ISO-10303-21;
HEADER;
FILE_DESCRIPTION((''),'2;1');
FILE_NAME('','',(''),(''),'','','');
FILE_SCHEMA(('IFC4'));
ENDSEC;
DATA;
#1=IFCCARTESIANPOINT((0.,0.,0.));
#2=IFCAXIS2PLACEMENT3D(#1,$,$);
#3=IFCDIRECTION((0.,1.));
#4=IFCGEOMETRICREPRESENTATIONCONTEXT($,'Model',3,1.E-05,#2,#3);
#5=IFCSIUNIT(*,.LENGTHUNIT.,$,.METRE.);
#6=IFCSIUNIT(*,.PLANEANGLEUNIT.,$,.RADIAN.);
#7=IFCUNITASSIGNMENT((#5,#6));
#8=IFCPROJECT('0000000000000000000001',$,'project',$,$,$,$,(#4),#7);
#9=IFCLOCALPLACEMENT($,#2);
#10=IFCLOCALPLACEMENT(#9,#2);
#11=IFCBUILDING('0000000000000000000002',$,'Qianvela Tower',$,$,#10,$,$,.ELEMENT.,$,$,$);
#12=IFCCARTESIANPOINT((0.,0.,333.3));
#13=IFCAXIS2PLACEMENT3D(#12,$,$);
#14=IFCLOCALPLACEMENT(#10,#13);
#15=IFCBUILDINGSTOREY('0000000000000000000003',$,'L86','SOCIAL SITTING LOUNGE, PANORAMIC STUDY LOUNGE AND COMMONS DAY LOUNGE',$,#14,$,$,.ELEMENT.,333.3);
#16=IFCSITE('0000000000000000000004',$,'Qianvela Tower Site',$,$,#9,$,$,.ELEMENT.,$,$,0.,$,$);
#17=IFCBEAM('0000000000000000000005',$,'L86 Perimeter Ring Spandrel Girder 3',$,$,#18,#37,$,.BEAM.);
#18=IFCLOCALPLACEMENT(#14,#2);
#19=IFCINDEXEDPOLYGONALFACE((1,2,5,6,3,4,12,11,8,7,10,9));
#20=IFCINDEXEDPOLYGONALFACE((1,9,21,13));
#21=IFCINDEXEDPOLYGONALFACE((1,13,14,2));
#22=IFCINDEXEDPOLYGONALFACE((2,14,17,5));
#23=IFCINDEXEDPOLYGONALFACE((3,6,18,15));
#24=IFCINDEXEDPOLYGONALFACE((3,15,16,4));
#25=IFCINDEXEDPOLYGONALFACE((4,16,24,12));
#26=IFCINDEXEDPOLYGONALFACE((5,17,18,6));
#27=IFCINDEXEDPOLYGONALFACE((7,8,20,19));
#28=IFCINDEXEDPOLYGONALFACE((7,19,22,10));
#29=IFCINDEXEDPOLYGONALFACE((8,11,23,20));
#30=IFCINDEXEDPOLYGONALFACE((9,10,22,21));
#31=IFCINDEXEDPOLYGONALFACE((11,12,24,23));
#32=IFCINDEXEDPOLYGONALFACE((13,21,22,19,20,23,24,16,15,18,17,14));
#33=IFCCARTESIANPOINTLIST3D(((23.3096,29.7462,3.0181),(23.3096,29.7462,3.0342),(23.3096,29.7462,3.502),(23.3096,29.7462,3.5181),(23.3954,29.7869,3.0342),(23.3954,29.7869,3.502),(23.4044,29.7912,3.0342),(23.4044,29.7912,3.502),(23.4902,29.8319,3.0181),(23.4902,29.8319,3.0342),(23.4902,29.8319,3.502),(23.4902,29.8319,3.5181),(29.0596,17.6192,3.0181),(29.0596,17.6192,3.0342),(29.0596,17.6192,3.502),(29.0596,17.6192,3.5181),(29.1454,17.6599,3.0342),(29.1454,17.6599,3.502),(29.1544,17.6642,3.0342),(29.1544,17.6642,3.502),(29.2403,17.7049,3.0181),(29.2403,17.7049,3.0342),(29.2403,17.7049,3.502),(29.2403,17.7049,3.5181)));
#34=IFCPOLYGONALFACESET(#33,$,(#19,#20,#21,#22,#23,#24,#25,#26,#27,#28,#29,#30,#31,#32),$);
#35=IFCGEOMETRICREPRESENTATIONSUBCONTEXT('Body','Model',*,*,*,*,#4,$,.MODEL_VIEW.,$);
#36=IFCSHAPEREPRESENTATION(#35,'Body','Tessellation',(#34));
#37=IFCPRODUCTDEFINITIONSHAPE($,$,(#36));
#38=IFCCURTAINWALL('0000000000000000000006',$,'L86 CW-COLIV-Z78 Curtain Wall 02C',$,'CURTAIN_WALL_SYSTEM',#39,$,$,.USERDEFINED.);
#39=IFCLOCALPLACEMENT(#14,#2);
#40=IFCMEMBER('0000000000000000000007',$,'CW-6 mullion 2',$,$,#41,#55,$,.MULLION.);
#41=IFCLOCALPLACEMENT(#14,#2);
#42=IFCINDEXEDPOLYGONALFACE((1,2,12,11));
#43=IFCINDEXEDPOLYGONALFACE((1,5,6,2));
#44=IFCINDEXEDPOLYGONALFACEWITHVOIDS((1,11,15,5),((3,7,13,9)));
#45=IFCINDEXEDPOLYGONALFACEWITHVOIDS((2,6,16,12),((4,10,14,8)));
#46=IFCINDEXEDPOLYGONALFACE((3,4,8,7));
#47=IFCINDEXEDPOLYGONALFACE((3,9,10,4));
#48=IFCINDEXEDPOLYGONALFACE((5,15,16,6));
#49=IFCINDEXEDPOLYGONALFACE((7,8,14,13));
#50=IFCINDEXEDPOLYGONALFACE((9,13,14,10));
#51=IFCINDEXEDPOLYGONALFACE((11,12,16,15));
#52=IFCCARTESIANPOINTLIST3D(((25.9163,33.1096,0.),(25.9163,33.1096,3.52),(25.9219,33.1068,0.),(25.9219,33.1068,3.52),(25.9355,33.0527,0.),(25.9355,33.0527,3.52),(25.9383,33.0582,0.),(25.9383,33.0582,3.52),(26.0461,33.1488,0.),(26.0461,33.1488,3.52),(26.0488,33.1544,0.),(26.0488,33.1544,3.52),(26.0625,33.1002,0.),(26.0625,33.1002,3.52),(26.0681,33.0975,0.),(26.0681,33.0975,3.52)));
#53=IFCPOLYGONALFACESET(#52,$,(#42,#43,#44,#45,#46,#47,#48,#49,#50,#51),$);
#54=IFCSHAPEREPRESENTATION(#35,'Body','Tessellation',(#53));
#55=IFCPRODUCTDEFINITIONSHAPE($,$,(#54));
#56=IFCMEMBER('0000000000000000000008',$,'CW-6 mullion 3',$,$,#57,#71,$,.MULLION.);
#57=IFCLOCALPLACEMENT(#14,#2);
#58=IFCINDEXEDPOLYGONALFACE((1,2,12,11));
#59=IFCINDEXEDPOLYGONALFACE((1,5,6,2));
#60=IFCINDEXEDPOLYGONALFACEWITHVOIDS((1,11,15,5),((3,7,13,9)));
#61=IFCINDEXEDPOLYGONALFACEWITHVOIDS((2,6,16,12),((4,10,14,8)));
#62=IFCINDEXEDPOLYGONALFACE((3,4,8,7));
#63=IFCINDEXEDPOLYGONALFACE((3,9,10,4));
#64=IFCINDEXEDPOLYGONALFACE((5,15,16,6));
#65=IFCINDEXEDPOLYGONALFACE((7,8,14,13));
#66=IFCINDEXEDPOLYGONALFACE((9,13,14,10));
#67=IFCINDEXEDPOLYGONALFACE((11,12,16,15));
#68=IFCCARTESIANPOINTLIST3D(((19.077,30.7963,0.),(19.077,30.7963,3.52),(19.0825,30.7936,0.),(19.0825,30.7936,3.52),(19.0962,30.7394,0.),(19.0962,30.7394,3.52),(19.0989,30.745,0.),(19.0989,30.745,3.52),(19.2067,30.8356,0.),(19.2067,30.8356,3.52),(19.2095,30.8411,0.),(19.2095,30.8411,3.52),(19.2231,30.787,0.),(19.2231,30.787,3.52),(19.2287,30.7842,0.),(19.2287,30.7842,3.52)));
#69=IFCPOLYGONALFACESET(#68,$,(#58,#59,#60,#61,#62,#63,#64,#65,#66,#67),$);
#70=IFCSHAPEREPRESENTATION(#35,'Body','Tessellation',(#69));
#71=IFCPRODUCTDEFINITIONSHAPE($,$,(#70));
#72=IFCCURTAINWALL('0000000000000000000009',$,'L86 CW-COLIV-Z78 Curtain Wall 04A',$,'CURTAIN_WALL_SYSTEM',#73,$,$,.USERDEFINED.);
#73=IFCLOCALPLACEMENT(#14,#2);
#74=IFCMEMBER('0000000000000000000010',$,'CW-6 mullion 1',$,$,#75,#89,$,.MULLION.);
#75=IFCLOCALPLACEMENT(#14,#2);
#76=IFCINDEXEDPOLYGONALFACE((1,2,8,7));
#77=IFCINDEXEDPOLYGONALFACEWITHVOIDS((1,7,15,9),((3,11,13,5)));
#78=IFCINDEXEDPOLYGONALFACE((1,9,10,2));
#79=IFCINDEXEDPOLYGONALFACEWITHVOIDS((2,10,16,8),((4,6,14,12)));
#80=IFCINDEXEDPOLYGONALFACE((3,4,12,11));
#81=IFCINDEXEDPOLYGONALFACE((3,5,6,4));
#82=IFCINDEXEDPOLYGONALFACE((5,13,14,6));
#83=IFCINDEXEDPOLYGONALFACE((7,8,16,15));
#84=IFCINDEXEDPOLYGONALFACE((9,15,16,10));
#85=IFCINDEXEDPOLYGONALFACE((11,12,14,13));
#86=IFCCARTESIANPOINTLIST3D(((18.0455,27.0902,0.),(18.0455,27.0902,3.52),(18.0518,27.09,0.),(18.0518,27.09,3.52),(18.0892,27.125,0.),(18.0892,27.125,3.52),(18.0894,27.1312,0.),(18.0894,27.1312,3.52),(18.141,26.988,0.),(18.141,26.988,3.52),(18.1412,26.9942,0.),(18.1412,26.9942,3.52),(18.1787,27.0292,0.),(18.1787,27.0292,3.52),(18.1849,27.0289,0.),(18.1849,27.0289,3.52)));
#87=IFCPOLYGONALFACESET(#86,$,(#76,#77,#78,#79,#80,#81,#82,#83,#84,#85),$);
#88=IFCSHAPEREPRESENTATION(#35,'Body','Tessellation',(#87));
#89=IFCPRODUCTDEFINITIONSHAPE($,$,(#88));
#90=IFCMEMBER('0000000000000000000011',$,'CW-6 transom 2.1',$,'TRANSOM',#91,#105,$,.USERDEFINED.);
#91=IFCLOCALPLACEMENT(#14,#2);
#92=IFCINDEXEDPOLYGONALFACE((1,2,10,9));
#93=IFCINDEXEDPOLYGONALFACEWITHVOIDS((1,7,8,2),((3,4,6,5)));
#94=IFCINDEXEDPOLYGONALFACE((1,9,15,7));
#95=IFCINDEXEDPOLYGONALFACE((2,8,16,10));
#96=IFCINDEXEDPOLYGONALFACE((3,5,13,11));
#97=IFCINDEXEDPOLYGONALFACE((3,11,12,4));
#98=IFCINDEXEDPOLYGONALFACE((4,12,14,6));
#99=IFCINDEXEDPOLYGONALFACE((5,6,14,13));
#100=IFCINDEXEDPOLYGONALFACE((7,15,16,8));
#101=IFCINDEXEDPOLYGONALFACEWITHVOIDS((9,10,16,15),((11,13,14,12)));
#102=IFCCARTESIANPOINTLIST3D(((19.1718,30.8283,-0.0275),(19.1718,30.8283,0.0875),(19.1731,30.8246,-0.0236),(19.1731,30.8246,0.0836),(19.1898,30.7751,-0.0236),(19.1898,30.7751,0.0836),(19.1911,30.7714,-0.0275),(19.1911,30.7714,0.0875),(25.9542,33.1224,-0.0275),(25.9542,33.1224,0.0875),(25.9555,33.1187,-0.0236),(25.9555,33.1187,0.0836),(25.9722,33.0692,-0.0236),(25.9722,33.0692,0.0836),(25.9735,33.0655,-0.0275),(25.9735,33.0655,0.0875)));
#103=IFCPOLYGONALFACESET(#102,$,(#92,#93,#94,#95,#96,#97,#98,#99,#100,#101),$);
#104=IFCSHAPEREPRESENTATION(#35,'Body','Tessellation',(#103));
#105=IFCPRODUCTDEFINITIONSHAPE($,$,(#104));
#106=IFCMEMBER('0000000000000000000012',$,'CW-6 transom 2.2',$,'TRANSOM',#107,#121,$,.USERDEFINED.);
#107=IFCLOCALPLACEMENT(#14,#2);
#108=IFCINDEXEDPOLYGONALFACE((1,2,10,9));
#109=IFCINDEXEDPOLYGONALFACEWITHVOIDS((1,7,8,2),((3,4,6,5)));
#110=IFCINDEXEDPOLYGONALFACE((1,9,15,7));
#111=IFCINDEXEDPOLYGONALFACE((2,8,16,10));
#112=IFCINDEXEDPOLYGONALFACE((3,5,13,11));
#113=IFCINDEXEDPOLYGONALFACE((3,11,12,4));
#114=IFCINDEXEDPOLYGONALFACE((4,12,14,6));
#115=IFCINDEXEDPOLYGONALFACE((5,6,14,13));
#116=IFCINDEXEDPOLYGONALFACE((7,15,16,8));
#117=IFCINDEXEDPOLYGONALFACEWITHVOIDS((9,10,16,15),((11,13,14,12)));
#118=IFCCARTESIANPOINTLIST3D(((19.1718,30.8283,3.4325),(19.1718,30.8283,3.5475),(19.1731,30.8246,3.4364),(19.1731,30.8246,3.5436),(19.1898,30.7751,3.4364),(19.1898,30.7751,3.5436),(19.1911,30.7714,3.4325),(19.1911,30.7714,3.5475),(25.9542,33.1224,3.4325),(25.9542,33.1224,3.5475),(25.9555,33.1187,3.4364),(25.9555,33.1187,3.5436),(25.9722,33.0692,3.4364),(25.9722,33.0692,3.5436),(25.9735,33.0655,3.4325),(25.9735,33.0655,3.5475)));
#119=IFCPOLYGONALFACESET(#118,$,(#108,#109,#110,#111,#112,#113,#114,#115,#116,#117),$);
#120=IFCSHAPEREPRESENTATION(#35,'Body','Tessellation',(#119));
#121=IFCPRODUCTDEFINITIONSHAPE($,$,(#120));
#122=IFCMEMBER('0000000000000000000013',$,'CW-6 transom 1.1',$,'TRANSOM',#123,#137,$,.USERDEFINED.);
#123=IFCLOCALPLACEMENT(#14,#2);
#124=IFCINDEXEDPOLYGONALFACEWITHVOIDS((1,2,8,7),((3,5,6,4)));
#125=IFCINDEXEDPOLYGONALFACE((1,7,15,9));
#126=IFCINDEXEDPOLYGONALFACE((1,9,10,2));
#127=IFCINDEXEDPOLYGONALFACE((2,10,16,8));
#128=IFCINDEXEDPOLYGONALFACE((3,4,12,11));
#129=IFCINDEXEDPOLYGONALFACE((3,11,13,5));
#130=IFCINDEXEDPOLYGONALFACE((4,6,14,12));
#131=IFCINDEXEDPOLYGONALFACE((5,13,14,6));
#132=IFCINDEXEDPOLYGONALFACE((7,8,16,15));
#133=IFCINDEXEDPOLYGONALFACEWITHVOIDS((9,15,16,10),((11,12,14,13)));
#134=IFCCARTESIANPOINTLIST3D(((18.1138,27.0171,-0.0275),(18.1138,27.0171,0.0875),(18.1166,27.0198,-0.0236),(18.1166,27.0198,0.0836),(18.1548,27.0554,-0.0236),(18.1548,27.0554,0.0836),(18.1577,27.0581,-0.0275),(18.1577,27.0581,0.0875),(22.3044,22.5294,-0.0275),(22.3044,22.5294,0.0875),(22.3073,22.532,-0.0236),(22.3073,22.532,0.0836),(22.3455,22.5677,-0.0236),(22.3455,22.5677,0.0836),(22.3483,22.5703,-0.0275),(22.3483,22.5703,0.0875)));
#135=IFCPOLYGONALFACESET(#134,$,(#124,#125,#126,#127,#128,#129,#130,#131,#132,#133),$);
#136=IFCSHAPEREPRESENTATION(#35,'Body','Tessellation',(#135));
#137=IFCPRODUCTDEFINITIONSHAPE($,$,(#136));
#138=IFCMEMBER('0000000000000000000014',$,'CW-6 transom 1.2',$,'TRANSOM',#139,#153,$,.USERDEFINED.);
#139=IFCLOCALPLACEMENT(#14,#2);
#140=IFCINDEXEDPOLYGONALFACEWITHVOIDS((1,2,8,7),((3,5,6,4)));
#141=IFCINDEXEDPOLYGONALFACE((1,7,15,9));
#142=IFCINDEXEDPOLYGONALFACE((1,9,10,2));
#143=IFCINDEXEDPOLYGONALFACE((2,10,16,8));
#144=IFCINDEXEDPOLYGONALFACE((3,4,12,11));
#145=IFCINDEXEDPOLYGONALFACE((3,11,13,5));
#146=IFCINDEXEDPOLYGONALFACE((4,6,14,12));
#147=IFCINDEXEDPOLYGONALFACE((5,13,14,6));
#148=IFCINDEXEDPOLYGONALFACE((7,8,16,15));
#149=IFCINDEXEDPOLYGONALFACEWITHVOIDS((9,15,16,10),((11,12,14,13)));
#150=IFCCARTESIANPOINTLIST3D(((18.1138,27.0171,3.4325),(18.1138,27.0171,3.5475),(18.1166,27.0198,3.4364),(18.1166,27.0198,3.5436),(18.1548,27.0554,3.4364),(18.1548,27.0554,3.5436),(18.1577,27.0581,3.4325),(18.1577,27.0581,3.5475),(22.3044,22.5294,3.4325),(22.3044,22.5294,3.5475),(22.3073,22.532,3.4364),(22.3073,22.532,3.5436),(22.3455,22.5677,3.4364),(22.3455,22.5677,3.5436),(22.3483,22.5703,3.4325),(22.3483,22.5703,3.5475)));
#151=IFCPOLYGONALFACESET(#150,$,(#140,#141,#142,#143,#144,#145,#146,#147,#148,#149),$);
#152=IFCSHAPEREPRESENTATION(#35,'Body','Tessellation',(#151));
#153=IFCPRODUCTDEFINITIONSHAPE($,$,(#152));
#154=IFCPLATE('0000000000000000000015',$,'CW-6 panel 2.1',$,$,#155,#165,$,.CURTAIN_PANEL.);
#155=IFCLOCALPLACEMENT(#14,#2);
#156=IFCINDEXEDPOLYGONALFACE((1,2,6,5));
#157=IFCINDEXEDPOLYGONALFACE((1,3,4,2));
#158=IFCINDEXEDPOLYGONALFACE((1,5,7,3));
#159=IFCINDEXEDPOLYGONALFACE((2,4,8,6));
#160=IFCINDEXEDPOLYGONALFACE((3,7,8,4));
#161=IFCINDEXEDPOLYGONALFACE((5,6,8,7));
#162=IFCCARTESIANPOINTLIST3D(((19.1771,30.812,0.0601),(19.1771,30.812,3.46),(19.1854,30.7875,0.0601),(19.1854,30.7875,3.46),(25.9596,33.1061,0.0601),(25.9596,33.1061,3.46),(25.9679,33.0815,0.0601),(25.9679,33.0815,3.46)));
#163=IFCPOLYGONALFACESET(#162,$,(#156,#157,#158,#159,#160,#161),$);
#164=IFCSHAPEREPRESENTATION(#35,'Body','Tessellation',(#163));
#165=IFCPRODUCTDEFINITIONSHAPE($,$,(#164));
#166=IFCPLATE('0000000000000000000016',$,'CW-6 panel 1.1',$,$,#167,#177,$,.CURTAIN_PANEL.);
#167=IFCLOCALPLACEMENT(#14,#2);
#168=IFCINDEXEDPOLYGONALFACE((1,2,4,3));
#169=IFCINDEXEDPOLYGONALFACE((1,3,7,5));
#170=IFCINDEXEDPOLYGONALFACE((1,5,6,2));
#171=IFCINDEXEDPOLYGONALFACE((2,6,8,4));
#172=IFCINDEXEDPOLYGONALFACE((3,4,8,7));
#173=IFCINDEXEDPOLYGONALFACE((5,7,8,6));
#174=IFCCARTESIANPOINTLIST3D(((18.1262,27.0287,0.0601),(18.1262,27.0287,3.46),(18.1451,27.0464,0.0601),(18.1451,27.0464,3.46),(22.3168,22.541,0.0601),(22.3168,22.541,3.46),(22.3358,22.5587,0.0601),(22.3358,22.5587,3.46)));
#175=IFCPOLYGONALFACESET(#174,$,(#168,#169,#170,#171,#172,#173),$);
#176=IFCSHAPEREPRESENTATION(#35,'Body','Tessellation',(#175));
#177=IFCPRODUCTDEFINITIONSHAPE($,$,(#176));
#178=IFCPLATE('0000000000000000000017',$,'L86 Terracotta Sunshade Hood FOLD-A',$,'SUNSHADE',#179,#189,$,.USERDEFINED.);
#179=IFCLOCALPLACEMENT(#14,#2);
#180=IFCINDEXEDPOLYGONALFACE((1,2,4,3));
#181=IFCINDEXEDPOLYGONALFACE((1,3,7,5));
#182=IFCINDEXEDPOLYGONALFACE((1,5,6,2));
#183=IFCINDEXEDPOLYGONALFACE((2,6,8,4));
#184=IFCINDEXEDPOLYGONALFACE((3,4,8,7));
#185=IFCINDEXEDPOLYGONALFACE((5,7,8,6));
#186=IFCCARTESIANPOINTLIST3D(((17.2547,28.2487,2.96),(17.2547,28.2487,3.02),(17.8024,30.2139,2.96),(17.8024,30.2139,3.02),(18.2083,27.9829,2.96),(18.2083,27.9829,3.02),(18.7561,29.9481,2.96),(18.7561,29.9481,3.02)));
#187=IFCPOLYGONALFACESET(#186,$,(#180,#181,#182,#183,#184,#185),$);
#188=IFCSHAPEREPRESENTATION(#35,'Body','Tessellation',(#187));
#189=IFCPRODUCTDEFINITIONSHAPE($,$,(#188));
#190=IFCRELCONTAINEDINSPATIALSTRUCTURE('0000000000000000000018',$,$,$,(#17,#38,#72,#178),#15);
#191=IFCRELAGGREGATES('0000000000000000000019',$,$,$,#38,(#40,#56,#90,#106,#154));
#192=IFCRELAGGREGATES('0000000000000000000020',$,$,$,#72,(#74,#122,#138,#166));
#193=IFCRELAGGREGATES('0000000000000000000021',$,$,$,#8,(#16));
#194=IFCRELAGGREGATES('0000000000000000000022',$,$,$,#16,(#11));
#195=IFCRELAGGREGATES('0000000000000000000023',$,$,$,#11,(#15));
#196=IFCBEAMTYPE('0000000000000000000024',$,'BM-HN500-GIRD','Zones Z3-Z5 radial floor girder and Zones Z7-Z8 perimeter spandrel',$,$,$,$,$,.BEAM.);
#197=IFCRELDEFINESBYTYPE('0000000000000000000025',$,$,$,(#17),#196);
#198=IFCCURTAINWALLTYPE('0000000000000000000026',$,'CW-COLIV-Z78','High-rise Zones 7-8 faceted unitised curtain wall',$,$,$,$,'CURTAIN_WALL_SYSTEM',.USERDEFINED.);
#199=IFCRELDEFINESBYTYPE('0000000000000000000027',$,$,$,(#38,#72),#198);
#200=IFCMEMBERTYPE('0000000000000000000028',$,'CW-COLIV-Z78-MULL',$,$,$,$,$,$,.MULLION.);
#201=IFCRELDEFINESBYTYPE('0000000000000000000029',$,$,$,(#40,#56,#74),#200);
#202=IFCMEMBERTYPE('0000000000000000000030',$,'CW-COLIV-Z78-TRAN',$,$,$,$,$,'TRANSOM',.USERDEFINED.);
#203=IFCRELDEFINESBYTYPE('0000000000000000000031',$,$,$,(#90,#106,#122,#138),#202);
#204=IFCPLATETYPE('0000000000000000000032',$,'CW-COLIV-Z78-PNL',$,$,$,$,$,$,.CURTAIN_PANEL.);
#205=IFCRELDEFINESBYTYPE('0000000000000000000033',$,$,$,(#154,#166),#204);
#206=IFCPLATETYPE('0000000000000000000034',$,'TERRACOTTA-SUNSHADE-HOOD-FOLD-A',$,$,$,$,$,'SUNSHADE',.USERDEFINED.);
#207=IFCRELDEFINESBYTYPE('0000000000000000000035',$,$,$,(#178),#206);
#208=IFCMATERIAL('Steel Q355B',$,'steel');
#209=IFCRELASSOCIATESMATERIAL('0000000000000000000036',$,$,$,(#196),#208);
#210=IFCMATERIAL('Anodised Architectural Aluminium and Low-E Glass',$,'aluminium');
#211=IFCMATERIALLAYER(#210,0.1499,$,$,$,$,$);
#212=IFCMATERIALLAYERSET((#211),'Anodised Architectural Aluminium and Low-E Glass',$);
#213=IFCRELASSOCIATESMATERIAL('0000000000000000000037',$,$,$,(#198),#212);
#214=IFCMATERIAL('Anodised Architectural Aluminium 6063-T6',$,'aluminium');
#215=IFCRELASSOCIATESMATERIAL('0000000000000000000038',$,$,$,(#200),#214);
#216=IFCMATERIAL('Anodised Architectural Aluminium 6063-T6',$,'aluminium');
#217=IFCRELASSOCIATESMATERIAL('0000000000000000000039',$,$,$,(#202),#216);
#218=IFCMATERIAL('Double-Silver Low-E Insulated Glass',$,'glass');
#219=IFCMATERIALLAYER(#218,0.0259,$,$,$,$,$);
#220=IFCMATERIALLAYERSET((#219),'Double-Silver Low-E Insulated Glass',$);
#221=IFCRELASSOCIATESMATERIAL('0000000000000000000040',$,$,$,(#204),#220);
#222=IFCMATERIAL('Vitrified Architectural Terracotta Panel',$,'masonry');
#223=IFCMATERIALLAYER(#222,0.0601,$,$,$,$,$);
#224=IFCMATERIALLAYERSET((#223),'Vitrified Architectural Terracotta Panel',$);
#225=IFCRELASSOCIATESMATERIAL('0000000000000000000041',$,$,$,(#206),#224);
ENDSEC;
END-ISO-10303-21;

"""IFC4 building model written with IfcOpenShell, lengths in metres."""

from ifc_helpers import new_model, si_unit, direction, frame, origin, origin_2d, place, context, subcontext, project, spatial, rectangle, hollow_rectangle, i_section, extrude, material, layer, layer_set, material_profile, profile_set, type_object, element, aggregate, save


model = new_model("IFC4")

# Units and contexts
model_context = context("Model", 3, precision=1e-05, world=origin(), true_north=direction((0.0, 1.0)))
body_context = subcontext(model_context, "Body", "Model", "MODEL_VIEW")
ifc_project = project(units=[si_unit("LENGTHUNIT", "METRE"), si_unit("PLANEANGLEUNIT", "RADIAN")], contexts=[model_context])

# Site, building, storey
site_placement = place(None, origin())
site = spatial("IfcSite", under=ifc_project, at=site_placement, Name="Qianvela Tower Site", CompositionType="ELEMENT", RefElevation=0.0)
building_placement = place(site_placement, origin())
building = spatial("IfcBuilding", under=site, at=building_placement, Name="Qianvela Tower", CompositionType="ELEMENT")
storey_placement = place(building_placement, frame((0.0, 0.0, 333.3)))
storey = spatial("IfcBuildingStorey", under=building, at=storey_placement, Name="L86", Description="SOCIAL SITTING LOUNGE, PANORAMIC STUDY LOUNGE AND COMMONS DAY LOUNGE", CompositionType="ELEMENT", Elevation=333.3)

# Beam
ifc_material_1 = material(Name="Steel Q355B", Category="steel")
ifc_material_profile_1 = material_profile(ifc_material_1, i_section(OverallWidth=0.2, OverallDepth=0.5, WebThickness=0.01, FlangeThickness=0.0161, at=origin_2d()), Name="HN500x200x10x16")
ifc_profile_set_1 = profile_set([ifc_material_profile_1], Name="Steel Q355B")
beam_type_1 = type_object("IfcBeamType", Name="BM-HN500-GIRD", Description="Zones Z3-Z5 radial floor girder and Zones Z7-Z8 perimeter spandrel", PredefinedType="BEAM", material=ifc_profile_set_1)
beam_1_placement = place(storey_placement, frame((23.3999, 29.7891, 3.2681), z_axis=(0.42843, -0.903575, 0.0), x_axis=(0.903575, 0.42843, 0.0)))
element("IfcBeam", 1, at=beam_1_placement, inside=storey, type_object=beam_type_1, Name="L86 Perimeter Ring Spandrel Girder 3", PredefinedType="BEAM", context=body_context, shape_type="SweptSolid", body=[
    extrude(i_section(OverallWidth=0.2, OverallDepth=0.5, WebThickness=0.01, FlangeThickness=0.0161, at=origin_2d()), origin(), (0.0, 0.0, 1.0), 13.4211),
])

# Curtain wall, members
ifc_material_2 = material(Name="Anodised Architectural Aluminium and Low-E Glass", Category="aluminium")
ifc_layer_1 = layer(ifc_material_2, 0.1499)
ifc_layer_set_1 = layer_set([ifc_layer_1], Name="Anodised Architectural Aluminium and Low-E Glass")
curtain_wall_type = type_object("IfcCurtainWallType", Name="CW-COLIV-Z78", Description="High-rise Zones 7-8 faceted unitised curtain wall", ElementType="CURTAIN_WALL_SYSTEM", PredefinedType="USERDEFINED", material=ifc_layer_set_1)
curtain_wall_1_placement = place(storey_placement, origin())
curtain_wall_1 = element("IfcCurtainWall", 2, at=curtain_wall_1_placement, inside=storey, type_object=curtain_wall_type, Name="L86 CW-COLIV-Z78 Curtain Wall 02C", ObjectType="CURTAIN_WALL_SYSTEM", PredefinedType="USERDEFINED")
ifc_material_3 = material(Name="Anodised Architectural Aluminium 6063-T6", Category="aluminium")
ifc_material_profile_2 = material_profile(ifc_material_3, hollow_rectangle(XDim=0.0601, YDim=0.1399, WallThickness=0.0044, at=origin_2d()), Name="ALU-MULL-60x140")
ifc_profile_set_2 = profile_set([ifc_material_profile_2], Name="Anodised Architectural Aluminium 6063-T6")
member_type_1 = type_object("IfcMemberType", Name="CW-COLIV-Z78-MULL", PredefinedType="MULLION", material=ifc_profile_set_2)
member_1_placement = place(storey_placement, frame((25.9922, 33.1035, 0.0), z_axis=(0.0, 0.0, 1.0), x_axis=(0.3204, -0.947282, 0.0)))
member_1 = element("IfcMember", 3, at=member_1_placement, type_object=member_type_1, Name="CW-6 mullion 2", PredefinedType="MULLION", context=body_context, shape_type="SweptSolid", body=[
    extrude(hollow_rectangle(XDim=0.0601, YDim=0.1399, WallThickness=0.0044, at=origin_2d()), origin(), (0.0, 0.0, 1.0), 3.52),
])
member_2_placement = place(storey_placement, frame((19.1528, 30.7903, 0.0), z_axis=(0.0, 0.0, 1.0), x_axis=(0.3204, -0.947282, 0.0)))
member_2 = element("IfcMember", 4, at=member_2_placement, type_object=member_type_1, Name="CW-6 mullion 3", PredefinedType="MULLION", context=body_context, shape_type="SweptSolid", body=[
    extrude(hollow_rectangle(XDim=0.0601, YDim=0.1399, WallThickness=0.0044, at=origin_2d()), origin(), (0.0, 0.0, 1.0), 3.52),
])

# Curtain wall, member
curtain_wall_2_placement = place(storey_placement, origin())
curtain_wall_2 = element("IfcCurtainWall", 5, at=curtain_wall_2_placement, inside=storey, type_object=curtain_wall_type, Name="L86 CW-COLIV-Z78 Curtain Wall 04A", ObjectType="CURTAIN_WALL_SYSTEM", PredefinedType="USERDEFINED")
member_3_placement = place(storey_placement, frame((18.1152, 27.0596, 0.0), z_axis=(0.0, 0.0, 1.0), x_axis=(0.730878, 0.682508, 0.0)))
member_3 = element("IfcMember", 6, at=member_3_placement, type_object=member_type_1, Name="CW-6 mullion 1", PredefinedType="MULLION", context=body_context, shape_type="SweptSolid", body=[
    extrude(hollow_rectangle(XDim=0.0601, YDim=0.1399, WallThickness=0.0044, at=origin_2d()), origin(), (0.0, 0.0, 1.0), 3.52),
])

# Members
ifc_material_4 = material(Name="Anodised Architectural Aluminium 6063-T6", Category="aluminium")
ifc_material_profile_3 = material_profile(ifc_material_4, hollow_rectangle(XDim=0.0601, YDim=0.115, WallThickness=0.0039, at=origin_2d()), Name="ALU-TRAN-60x115")
ifc_profile_set_3 = profile_set([ifc_material_profile_3], Name="Anodised Architectural Aluminium 6063-T6")
member_type_2 = type_object("IfcMemberType", Name="CW-COLIV-Z78-TRAN", ElementType="TRANSOM", PredefinedType="USERDEFINED", material=ifc_profile_set_3)
member_4_placement = place(storey_placement, frame((25.9639, 33.094, 0.03), z_axis=(-0.947276, -0.320419, 0.0), x_axis=(0.320419, -0.947276, 0.0)))
member_4 = element("IfcMember", 7, at=member_4_placement, type_object=member_type_2, Name="CW-6 transom 2.1", ObjectType="TRANSOM", PredefinedType="USERDEFINED", context=body_context, shape_type="SweptSolid", body=[
    extrude(hollow_rectangle(XDim=0.0601, YDim=0.115, WallThickness=0.0039, at=origin_2d()), origin(), (0.0, 0.0, 1.0), 7.1599),
])
member_5_placement = place(storey_placement, frame((25.9639, 33.094, 3.49), z_axis=(-0.947276, -0.320419, 0.0), x_axis=(0.320419, -0.947276, 0.0)))
member_5 = element("IfcMember", 8, at=member_5_placement, type_object=member_type_2, Name="CW-6 transom 2.2", ObjectType="TRANSOM", PredefinedType="USERDEFINED", context=body_context, shape_type="SweptSolid", body=[
    extrude(hollow_rectangle(XDim=0.0601, YDim=0.115, WallThickness=0.0039, at=origin_2d()), origin(), (0.0, 0.0, 1.0), 7.1599),
])
member_6_placement = place(storey_placement, frame((18.1357, 27.0376, 0.03), z_axis=(0.682498, -0.730887, 0.0), x_axis=(0.730887, 0.682498, 0.0)))
member_6 = element("IfcMember", 9, at=member_6_placement, type_object=member_type_2, Name="CW-6 transom 1.1", ObjectType="TRANSOM", PredefinedType="USERDEFINED", context=body_context, shape_type="SweptSolid", body=[
    extrude(hollow_rectangle(XDim=0.0601, YDim=0.115, WallThickness=0.0039, at=origin_2d()), origin(), (0.0, 0.0, 1.0), 6.1401),
])
member_7_placement = place(storey_placement, frame((18.1357, 27.0376, 3.49), z_axis=(0.682498, -0.730887, 0.0), x_axis=(0.730887, 0.682498, 0.0)))
member_7 = element("IfcMember", 10, at=member_7_placement, type_object=member_type_2, Name="CW-6 transom 1.2", ObjectType="TRANSOM", PredefinedType="USERDEFINED", context=body_context, shape_type="SweptSolid", body=[
    extrude(hollow_rectangle(XDim=0.0601, YDim=0.115, WallThickness=0.0039, at=origin_2d()), origin(), (0.0, 0.0, 1.0), 6.1401),
])

# Plates
ifc_material_5 = material(Name="Double-Silver Low-E Insulated Glass", Category="glass")
ifc_layer_2 = layer(ifc_material_5, 0.0259)
ifc_layer_set_2 = layer_set([ifc_layer_2], Name="Double-Silver Low-E Insulated Glass")
plate_type_1 = type_object("IfcPlateType", Name="CW-COLIV-Z78-PNL", PredefinedType="CURTAIN_PANEL", material=ifc_layer_set_2)
plate_1_placement = place(storey_placement, frame((22.5725, 31.9468, 0.0601), z_axis=(0.0, 0.0, 1.0), x_axis=(-0.947282, -0.3204, 0.0)))
plate_1 = element("IfcPlate", 11, at=plate_1_placement, type_object=plate_type_1, Name="CW-6 panel 2.1", PredefinedType="CURTAIN_PANEL", context=body_context, shape_type="SweptSolid", body=[
    extrude(rectangle(XDim=7.1599, YDim=0.0259, at=origin_2d()), origin(), (0.0, 0.0, 1.0), 3.3999),
])
aggregate(curtain_wall_1, [member_1, member_2, member_4, member_5, plate_1])
plate_2_placement = place(storey_placement, frame((20.231, 24.7937, 0.0601), z_axis=(0.0, 0.0, 1.0), x_axis=(0.682508, -0.730878, 0.0)))
plate_2 = element("IfcPlate", 12, at=plate_2_placement, type_object=plate_type_1, Name="CW-6 panel 1.1", PredefinedType="CURTAIN_PANEL", context=body_context, shape_type="SweptSolid", body=[
    extrude(rectangle(XDim=6.1401, YDim=0.0259, at=origin_2d()), origin(), (0.0, 0.0, 1.0), 3.3999),
])
aggregate(curtain_wall_2, [member_3, member_6, member_7, plate_2])

# Plate
ifc_material_6 = material(Name="Vitrified Architectural Terracotta Panel", Category="masonry")
ifc_layer_3 = layer(ifc_material_6, 0.0601)
ifc_layer_set_3 = layer_set([ifc_layer_3], Name="Vitrified Architectural Terracotta Panel")
plate_type_2 = type_object("IfcPlateType", Name="TERRACOTTA-SUNSHADE-HOOD-FOLD-A", ElementType="SUNSHADE", PredefinedType="USERDEFINED", material=ifc_layer_set_3)
plate_3_placement = place(storey_placement, frame((18.0054, 29.0984, 2.96), z_axis=(0.0, 0.0, 1.0), x_axis=(-0.268484, -0.963284, 0.0)))
element("IfcPlate", 13, at=plate_3_placement, inside=storey, type_object=plate_type_2, Name="L86 Terracotta Sunshade Hood FOLD-A", ObjectType="SUNSHADE", PredefinedType="USERDEFINED", context=body_context, shape_type="SweptSolid", body=[
    extrude(rectangle(XDim=2.04, YDim=0.99, at=origin_2d()), origin(), (0.0, 0.0, 1.0), 0.0601),
])

save(model, "model.ifc")
